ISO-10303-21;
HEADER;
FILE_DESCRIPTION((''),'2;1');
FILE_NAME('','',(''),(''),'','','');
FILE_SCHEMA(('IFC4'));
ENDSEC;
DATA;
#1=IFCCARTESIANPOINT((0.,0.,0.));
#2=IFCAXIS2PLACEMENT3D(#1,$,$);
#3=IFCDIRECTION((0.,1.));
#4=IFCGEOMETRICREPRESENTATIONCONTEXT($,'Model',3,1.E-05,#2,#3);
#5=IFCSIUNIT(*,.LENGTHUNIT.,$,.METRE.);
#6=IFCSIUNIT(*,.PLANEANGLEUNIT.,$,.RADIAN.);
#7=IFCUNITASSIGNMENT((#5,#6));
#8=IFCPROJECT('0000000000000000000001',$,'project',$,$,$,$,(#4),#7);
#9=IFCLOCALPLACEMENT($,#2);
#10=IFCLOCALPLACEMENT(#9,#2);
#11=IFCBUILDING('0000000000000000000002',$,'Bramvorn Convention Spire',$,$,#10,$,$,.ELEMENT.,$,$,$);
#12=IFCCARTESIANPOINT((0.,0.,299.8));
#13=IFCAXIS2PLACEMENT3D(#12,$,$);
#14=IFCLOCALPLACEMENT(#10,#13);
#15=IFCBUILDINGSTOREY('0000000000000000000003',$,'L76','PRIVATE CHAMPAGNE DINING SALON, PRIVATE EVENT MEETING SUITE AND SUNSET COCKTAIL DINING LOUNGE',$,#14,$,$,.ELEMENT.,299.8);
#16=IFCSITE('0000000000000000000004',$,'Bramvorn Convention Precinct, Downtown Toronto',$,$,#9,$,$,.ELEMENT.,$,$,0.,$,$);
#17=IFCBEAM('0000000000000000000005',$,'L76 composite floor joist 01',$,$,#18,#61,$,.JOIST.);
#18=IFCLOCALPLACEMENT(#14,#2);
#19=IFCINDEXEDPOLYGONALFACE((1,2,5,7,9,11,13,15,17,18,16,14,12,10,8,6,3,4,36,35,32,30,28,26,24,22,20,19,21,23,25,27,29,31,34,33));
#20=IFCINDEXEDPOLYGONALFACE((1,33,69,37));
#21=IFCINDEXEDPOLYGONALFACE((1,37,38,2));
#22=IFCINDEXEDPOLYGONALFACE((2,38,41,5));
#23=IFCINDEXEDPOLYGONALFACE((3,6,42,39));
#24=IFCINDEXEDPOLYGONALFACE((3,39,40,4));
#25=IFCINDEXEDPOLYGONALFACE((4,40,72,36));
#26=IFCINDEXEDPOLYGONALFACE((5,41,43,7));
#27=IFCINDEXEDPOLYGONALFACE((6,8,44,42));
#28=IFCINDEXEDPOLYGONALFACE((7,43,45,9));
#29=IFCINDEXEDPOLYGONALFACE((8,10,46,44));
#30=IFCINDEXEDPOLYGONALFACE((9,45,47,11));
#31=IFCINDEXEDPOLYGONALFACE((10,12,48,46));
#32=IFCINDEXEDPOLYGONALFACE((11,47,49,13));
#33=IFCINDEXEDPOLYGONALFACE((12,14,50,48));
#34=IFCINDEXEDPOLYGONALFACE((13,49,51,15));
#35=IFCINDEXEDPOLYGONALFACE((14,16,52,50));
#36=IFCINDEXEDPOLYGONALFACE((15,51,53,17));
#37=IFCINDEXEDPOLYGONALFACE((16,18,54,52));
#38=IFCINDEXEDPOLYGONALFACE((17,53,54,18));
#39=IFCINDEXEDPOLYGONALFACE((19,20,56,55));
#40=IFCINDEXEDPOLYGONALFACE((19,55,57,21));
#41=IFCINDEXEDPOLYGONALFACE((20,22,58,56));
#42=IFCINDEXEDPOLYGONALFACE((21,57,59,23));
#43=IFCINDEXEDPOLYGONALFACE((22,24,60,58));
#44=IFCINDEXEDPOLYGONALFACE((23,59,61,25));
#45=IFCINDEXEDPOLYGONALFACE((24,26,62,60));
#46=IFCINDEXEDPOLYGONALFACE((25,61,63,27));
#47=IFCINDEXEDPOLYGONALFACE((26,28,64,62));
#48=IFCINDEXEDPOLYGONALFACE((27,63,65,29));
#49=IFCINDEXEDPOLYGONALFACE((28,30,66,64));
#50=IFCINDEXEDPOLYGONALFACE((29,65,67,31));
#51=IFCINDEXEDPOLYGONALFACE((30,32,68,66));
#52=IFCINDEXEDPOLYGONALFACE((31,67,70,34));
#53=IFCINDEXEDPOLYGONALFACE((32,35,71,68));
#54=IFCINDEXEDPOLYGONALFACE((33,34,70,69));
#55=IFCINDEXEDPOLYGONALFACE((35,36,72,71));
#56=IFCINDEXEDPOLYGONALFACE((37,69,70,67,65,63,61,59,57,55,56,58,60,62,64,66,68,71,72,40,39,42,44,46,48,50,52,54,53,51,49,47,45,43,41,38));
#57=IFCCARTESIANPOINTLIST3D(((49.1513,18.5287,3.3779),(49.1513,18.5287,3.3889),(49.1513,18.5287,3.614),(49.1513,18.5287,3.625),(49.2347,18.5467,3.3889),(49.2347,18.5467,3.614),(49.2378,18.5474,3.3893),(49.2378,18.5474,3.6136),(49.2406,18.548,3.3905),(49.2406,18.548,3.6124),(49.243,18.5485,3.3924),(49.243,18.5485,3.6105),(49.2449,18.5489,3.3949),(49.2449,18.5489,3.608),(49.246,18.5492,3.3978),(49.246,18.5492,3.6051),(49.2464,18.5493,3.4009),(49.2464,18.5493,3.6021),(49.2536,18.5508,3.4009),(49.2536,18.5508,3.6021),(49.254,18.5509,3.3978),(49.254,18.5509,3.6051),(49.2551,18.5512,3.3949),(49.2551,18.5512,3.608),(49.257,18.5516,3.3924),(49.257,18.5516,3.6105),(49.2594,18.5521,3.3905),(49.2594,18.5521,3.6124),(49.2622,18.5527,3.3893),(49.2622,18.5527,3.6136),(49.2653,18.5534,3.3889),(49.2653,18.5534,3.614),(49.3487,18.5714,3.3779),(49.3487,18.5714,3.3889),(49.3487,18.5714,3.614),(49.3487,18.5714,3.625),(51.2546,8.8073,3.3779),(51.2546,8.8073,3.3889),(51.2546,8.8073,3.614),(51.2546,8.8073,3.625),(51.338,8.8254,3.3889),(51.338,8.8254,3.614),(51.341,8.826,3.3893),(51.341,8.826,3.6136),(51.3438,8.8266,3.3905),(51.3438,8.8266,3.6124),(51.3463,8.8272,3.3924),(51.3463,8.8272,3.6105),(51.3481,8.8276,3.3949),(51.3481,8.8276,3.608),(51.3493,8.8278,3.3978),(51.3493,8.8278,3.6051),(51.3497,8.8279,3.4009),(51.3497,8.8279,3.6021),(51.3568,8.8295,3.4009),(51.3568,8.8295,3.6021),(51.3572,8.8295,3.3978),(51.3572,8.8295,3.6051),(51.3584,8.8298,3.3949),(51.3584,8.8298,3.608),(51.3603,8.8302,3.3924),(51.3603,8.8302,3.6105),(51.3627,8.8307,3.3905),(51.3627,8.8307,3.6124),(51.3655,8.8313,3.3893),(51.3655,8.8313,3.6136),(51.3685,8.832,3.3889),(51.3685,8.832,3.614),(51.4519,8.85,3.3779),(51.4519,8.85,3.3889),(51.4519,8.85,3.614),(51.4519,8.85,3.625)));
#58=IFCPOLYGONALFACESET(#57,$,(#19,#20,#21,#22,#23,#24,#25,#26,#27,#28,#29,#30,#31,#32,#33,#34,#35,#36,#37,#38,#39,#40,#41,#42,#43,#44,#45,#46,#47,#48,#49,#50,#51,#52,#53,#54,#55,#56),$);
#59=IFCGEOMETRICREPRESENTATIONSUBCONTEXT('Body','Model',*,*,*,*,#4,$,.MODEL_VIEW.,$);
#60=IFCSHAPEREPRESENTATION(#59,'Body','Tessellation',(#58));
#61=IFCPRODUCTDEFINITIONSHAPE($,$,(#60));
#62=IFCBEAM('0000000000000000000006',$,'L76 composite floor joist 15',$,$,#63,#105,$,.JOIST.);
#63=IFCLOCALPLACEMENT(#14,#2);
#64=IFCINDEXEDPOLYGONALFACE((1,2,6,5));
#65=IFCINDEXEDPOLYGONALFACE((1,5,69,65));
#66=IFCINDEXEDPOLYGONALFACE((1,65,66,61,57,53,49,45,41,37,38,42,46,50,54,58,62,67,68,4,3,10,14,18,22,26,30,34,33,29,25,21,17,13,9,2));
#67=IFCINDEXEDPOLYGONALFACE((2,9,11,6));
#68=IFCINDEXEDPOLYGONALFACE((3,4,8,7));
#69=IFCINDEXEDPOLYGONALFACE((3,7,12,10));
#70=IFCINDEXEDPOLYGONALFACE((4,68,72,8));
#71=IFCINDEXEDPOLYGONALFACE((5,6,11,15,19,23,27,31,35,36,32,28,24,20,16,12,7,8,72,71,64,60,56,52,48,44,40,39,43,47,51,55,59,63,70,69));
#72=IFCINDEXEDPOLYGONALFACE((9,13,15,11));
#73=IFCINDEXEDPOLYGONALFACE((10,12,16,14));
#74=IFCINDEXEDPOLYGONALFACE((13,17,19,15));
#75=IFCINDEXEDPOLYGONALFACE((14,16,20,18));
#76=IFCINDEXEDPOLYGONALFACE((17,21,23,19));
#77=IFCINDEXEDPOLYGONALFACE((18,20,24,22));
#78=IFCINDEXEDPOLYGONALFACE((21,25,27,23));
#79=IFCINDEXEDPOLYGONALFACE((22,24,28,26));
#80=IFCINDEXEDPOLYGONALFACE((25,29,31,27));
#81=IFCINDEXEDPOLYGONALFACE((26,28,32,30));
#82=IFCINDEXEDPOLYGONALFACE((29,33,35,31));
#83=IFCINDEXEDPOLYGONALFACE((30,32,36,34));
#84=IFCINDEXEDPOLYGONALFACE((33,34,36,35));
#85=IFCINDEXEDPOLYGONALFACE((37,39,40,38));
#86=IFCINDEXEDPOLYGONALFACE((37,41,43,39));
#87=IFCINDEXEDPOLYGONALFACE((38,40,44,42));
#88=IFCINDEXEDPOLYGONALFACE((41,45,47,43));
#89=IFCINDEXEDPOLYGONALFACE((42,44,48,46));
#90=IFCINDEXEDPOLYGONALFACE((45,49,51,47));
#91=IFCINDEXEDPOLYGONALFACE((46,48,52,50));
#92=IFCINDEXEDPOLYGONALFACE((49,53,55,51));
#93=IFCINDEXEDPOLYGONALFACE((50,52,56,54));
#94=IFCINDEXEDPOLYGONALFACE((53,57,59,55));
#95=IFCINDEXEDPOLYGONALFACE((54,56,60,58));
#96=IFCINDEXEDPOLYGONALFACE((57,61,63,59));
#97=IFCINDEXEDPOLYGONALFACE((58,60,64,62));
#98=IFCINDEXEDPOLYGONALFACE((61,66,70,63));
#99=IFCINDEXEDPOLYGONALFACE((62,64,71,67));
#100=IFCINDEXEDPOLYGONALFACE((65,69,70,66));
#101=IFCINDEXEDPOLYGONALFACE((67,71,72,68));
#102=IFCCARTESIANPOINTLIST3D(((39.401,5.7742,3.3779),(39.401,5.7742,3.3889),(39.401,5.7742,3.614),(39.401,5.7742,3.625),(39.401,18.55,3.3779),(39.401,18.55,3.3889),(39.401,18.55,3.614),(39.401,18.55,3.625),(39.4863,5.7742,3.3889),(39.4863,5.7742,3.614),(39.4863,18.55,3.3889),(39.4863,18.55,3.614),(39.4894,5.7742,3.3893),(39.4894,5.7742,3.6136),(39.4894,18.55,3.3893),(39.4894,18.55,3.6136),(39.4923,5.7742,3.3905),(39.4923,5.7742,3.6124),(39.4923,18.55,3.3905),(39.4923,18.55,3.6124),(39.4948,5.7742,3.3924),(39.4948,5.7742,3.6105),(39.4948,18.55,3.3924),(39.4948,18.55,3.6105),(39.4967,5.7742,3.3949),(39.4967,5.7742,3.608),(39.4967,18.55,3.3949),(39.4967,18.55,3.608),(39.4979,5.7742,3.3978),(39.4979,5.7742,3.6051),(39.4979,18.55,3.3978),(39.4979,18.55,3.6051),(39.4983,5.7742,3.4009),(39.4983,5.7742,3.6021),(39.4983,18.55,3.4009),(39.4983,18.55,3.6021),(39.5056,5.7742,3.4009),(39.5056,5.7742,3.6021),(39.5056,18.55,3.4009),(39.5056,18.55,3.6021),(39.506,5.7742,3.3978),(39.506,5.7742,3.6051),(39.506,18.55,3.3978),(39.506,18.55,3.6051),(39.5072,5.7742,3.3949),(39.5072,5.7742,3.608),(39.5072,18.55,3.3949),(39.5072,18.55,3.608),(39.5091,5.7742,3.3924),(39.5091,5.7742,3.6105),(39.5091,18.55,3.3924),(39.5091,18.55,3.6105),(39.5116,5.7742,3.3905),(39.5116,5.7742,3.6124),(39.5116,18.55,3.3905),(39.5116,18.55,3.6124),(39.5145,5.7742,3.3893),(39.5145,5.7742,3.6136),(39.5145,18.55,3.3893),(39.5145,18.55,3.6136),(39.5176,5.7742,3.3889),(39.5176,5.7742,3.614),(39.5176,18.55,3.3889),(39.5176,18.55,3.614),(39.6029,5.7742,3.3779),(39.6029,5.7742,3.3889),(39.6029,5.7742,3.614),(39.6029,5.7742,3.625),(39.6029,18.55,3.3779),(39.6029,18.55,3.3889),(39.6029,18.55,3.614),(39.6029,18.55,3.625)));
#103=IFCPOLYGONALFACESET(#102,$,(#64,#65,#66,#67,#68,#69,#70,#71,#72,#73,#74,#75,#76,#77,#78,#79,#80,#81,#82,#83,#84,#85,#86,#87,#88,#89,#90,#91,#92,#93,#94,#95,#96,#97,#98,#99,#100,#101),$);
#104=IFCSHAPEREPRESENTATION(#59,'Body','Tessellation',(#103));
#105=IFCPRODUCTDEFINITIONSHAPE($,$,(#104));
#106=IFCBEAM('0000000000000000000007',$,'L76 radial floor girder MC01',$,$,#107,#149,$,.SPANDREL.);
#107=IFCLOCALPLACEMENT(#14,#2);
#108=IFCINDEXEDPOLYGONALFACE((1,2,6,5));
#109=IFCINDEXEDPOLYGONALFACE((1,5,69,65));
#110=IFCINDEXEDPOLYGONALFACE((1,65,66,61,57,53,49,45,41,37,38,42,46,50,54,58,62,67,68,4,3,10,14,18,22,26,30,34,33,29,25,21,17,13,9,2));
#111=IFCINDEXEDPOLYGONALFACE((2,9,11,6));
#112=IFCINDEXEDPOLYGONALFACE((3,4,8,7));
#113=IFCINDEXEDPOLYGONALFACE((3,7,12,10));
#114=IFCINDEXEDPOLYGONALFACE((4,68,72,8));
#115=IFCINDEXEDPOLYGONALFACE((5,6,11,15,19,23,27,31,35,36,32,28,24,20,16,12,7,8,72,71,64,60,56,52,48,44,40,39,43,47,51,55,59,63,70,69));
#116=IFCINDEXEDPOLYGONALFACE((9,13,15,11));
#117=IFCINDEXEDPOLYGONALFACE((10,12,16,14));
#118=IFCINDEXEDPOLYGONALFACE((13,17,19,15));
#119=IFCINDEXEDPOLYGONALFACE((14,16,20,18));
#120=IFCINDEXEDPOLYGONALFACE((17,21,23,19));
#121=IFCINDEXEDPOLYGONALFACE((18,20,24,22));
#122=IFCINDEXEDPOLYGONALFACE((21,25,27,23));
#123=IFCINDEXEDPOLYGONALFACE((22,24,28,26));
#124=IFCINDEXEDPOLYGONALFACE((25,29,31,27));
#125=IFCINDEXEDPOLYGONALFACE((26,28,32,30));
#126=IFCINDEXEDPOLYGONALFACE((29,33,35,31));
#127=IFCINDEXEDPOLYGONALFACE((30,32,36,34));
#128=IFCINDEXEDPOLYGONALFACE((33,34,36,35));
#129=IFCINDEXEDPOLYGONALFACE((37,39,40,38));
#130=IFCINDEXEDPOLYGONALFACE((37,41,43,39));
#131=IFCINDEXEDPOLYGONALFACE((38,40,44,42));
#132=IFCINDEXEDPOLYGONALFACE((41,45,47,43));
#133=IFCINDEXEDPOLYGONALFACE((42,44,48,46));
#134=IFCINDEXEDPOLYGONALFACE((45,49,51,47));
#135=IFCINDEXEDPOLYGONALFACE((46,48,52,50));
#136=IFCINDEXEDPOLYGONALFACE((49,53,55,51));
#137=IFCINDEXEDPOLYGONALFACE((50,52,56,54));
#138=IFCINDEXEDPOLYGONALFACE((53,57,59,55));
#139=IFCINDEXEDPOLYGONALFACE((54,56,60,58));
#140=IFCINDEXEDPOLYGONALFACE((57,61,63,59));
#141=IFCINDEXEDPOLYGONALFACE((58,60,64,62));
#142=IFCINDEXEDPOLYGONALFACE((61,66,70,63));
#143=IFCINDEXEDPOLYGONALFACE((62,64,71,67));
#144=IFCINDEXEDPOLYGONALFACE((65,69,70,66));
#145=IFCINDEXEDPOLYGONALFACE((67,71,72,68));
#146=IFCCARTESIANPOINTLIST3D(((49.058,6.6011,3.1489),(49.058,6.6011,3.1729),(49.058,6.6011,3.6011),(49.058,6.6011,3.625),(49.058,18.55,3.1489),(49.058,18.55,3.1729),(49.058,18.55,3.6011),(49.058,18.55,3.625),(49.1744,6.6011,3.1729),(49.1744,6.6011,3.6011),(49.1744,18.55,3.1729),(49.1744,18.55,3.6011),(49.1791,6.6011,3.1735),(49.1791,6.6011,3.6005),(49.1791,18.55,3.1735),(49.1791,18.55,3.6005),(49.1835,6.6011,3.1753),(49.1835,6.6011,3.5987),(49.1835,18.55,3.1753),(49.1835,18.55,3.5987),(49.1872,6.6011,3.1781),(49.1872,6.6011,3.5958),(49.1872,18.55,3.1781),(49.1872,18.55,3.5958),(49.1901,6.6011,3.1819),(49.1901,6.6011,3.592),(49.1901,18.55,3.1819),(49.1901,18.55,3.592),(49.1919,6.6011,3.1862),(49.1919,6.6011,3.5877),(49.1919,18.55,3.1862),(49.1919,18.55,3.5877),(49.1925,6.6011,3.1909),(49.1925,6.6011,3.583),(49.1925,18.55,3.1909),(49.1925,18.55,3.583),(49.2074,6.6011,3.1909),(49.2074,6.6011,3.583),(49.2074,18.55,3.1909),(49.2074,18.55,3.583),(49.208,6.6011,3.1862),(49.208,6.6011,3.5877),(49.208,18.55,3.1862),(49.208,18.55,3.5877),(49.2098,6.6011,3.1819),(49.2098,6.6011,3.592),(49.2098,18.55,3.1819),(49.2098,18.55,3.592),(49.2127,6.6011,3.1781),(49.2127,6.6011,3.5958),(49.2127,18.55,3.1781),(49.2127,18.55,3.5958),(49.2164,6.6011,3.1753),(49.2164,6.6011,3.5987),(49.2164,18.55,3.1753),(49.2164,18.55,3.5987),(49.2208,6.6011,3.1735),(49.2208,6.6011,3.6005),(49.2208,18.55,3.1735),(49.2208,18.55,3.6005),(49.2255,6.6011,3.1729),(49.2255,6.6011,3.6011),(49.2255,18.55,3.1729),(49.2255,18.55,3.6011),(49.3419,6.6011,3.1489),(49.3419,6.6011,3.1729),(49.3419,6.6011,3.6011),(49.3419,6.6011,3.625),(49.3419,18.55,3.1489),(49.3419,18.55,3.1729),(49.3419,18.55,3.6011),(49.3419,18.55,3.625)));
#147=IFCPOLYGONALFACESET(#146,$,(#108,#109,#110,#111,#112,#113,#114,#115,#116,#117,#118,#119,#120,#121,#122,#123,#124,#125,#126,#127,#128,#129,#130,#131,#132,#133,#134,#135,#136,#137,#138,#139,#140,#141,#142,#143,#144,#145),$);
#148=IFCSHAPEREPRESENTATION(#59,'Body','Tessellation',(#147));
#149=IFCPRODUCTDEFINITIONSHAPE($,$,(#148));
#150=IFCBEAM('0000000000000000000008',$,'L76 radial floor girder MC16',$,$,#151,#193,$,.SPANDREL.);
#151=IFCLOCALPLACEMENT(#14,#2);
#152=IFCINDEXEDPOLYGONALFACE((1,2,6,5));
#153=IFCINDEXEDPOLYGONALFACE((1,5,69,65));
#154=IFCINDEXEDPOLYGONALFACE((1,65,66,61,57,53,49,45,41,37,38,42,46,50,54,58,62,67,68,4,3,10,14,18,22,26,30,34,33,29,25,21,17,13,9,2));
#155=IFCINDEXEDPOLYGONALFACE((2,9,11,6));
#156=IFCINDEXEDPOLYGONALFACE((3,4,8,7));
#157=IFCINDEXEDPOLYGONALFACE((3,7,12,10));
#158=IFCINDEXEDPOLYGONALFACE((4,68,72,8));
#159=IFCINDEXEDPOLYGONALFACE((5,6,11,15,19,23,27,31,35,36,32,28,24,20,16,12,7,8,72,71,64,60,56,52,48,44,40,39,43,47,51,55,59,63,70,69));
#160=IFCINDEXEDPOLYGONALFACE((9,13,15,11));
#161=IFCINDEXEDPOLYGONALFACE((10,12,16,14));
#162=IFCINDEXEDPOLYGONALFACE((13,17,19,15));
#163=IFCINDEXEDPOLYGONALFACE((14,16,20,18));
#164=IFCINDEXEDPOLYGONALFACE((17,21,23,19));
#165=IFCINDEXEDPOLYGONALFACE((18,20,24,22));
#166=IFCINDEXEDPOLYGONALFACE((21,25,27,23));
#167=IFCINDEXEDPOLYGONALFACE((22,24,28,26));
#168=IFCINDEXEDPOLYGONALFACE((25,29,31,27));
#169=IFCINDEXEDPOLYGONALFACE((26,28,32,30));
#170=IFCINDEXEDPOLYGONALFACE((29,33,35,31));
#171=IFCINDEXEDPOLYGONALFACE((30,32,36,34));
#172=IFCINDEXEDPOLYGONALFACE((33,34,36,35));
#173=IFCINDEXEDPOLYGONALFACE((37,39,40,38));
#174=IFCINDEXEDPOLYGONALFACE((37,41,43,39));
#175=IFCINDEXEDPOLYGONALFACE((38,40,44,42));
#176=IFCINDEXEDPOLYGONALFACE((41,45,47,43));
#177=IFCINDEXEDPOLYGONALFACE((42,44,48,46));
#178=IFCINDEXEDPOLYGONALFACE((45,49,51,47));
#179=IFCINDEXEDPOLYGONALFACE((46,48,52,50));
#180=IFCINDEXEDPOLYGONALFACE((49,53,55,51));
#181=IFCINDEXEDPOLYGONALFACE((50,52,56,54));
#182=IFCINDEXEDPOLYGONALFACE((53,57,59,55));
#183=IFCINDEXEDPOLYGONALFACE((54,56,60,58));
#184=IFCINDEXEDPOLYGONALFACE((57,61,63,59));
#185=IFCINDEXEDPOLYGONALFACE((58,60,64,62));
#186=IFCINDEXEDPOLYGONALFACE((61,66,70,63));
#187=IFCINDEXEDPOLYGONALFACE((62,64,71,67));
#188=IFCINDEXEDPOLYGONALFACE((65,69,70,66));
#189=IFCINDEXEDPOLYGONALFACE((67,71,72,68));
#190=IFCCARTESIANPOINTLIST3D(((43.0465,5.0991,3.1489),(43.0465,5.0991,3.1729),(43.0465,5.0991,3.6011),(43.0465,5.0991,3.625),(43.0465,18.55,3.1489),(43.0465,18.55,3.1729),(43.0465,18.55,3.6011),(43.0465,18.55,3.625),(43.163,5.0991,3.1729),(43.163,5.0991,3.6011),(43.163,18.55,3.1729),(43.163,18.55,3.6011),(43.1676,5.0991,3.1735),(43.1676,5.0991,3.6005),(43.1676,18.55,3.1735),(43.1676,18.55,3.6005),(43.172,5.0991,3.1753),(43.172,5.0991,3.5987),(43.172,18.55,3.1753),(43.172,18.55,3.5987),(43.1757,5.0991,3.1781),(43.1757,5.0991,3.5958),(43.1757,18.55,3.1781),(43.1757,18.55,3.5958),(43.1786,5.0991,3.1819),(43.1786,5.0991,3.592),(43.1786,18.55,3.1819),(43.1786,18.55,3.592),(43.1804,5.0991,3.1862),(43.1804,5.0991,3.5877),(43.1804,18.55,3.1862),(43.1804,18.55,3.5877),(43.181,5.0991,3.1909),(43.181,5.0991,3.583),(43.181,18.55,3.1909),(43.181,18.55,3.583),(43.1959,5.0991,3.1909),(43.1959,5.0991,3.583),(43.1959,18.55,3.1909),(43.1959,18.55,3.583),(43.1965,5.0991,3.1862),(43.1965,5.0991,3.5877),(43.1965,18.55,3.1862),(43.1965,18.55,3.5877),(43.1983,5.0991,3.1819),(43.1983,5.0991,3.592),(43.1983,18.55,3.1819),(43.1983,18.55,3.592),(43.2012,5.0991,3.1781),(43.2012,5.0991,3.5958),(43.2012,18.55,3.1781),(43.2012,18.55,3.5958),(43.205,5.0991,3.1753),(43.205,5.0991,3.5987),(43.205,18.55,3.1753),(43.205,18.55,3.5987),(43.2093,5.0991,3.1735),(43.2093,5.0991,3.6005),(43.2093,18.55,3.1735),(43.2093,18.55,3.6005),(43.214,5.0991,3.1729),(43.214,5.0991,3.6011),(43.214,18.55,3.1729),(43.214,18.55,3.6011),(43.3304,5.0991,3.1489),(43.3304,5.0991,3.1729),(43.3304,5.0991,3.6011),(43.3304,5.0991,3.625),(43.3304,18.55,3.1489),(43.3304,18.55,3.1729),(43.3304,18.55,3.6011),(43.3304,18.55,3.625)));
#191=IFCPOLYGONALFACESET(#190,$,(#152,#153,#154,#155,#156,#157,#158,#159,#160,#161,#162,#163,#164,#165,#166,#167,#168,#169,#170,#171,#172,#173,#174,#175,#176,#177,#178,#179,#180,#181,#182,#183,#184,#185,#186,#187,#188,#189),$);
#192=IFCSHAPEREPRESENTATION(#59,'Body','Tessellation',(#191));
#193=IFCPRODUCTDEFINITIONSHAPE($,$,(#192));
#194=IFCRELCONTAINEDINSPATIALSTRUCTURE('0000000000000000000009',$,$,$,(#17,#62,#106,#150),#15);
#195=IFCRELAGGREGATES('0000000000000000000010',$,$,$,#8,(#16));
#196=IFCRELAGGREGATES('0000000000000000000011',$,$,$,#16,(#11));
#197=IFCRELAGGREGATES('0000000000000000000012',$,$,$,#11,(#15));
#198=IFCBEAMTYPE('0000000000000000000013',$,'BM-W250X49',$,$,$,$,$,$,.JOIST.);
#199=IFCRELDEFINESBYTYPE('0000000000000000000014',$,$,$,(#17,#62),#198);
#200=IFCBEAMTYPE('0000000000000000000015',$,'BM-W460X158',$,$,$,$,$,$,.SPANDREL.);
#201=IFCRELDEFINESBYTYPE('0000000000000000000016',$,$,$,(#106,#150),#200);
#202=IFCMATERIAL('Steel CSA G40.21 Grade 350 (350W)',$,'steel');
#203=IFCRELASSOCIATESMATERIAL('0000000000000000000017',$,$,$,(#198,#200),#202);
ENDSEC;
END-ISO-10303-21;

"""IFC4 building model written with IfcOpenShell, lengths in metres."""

from ifc_helpers import new_model, si_unit, direction, frame, origin, origin_2d, place, context, subcontext, project, spatial, i_section, extrude, material, material_profile, profile_set, type_object, element, save


model = new_model("IFC4")

# Units and contexts
model_context = context("Model", 3, precision=1e-05, world=origin(), true_north=direction((0.0, 1.0)))
body_context = subcontext(model_context, "Body", "Model", "MODEL_VIEW")
ifc_project = project(units=[si_unit("LENGTHUNIT", "METRE"), si_unit("PLANEANGLEUNIT", "RADIAN")], contexts=[model_context])

# Site, building, storey
site_placement = place(None, origin())
site = spatial("IfcSite", under=ifc_project, at=site_placement, Name="Bramvorn Convention Precinct, Downtown Toronto", CompositionType="ELEMENT", RefElevation=0.0)
building_placement = place(site_placement, origin())
building = spatial("IfcBuilding", under=site, at=building_placement, Name="Bramvorn Convention Spire", CompositionType="ELEMENT")
storey_placement = place(building_placement, frame((0.0, 0.0, 299.8)))
storey = spatial("IfcBuildingStorey", under=building, at=storey_placement, Name="L76", Description="PRIVATE CHAMPAGNE DINING SALON, PRIVATE EVENT MEETING SUITE AND SUNSET COCKTAIL DINING LOUNGE", CompositionType="ELEMENT", Elevation=299.8)

# Beams
ifc_material_1 = material(Name="Steel CSA G40.21 Grade 350 (350W)", Category="steel")
ifc_material_profile_1 = material_profile(ifc_material_1, i_section(OverallWidth=0.2019, OverallDepth=0.2471, WebThickness=0.0073, FlangeThickness=0.011, FilletRadius=0.012, at=origin_2d()))
ifc_profile_set_1 = profile_set([ifc_material_profile_1], Name="Steel CSA G40.21 Grade 350 (350W) - W250X49")
beam_type_1 = type_object("IfcBeamType", Name="BM-W250X49", PredefinedType="JOIST", material=ifc_profile_set_1)
beam_1_placement = place(storey_placement, frame((49.25, 18.55, 3.5015), z_axis=(0.211461, -0.977386, 0.0), x_axis=(0.977386, 0.211461, 0.0)))
element("IfcBeam", 1, at=beam_1_placement, inside=storey, type_object=beam_type_1, Name="L76 composite floor joist 01", PredefinedType="JOIST", context=body_context, shape_type="SweptSolid", body=[
    extrude(i_section(OverallWidth=0.2019, OverallDepth=0.2471, WebThickness=0.0073, FlangeThickness=0.011, FilletRadius=0.012, at=origin_2d()), origin(), (0.0, 0.0, 1.0), 9.9463),
])
beam_2_placement = place(storey_placement, frame((39.502, 18.55, 3.5015), z_axis=(0.0, -1.0, 0.0), x_axis=(1.0, 0.0, 0.0)))
element("IfcBeam", 2, at=beam_2_placement, inside=storey, type_object=beam_type_1, Name="L76 composite floor joist 15", PredefinedType="JOIST", context=body_context, shape_type="SweptSolid", body=[
    extrude(i_section(OverallWidth=0.2019, OverallDepth=0.2471, WebThickness=0.0073, FlangeThickness=0.011, FilletRadius=0.012, at=origin_2d()), origin(), (0.0, 0.0, 1.0), 12.7759),
])
ifc_material_profile_2 = material_profile(ifc_material_1, i_section(OverallWidth=0.2839, OverallDepth=0.4761, WebThickness=0.0149, FlangeThickness=0.0239, FilletRadius=0.0181, at=origin_2d()))
ifc_profile_set_2 = profile_set([ifc_material_profile_2], Name="Steel CSA G40.21 Grade 350 (350W) - W460X158")
beam_type_2 = type_object("IfcBeamType", Name="BM-W460X158", PredefinedType="SPANDREL", material=ifc_profile_set_2)
beam_3_placement = place(storey_placement, frame((49.2, 18.55, 3.387), z_axis=(0.0, -1.0, 0.0), x_axis=(1.0, 0.0, 0.0)))
element("IfcBeam", 3, at=beam_3_placement, inside=storey, type_object=beam_type_2, Name="L76 radial floor girder MC01", PredefinedType="SPANDREL", context=body_context, shape_type="SweptSolid", body=[
    extrude(i_section(OverallWidth=0.2839, OverallDepth=0.4761, WebThickness=0.0149, FlangeThickness=0.0239, FilletRadius=0.0181, at=origin_2d()), origin(), (0.0, 0.0, 1.0), 11.949),
])
beam_4_placement = place(storey_placement, frame((43.1885, 18.55, 3.387), z_axis=(0.0, -1.0, 0.0), x_axis=(1.0, 0.0, 0.0)))
element("IfcBeam", 4, at=beam_4_placement, inside=storey, type_object=beam_type_2, Name="L76 radial floor girder MC16", PredefinedType="SPANDREL", context=body_context, shape_type="SweptSolid", body=[
    extrude(i_section(OverallWidth=0.2839, OverallDepth=0.4761, WebThickness=0.0149, FlangeThickness=0.0239, FilletRadius=0.0181, at=origin_2d()), origin(), (0.0, 0.0, 1.0), 13.4509),
])

save(model, "model.ifc")
